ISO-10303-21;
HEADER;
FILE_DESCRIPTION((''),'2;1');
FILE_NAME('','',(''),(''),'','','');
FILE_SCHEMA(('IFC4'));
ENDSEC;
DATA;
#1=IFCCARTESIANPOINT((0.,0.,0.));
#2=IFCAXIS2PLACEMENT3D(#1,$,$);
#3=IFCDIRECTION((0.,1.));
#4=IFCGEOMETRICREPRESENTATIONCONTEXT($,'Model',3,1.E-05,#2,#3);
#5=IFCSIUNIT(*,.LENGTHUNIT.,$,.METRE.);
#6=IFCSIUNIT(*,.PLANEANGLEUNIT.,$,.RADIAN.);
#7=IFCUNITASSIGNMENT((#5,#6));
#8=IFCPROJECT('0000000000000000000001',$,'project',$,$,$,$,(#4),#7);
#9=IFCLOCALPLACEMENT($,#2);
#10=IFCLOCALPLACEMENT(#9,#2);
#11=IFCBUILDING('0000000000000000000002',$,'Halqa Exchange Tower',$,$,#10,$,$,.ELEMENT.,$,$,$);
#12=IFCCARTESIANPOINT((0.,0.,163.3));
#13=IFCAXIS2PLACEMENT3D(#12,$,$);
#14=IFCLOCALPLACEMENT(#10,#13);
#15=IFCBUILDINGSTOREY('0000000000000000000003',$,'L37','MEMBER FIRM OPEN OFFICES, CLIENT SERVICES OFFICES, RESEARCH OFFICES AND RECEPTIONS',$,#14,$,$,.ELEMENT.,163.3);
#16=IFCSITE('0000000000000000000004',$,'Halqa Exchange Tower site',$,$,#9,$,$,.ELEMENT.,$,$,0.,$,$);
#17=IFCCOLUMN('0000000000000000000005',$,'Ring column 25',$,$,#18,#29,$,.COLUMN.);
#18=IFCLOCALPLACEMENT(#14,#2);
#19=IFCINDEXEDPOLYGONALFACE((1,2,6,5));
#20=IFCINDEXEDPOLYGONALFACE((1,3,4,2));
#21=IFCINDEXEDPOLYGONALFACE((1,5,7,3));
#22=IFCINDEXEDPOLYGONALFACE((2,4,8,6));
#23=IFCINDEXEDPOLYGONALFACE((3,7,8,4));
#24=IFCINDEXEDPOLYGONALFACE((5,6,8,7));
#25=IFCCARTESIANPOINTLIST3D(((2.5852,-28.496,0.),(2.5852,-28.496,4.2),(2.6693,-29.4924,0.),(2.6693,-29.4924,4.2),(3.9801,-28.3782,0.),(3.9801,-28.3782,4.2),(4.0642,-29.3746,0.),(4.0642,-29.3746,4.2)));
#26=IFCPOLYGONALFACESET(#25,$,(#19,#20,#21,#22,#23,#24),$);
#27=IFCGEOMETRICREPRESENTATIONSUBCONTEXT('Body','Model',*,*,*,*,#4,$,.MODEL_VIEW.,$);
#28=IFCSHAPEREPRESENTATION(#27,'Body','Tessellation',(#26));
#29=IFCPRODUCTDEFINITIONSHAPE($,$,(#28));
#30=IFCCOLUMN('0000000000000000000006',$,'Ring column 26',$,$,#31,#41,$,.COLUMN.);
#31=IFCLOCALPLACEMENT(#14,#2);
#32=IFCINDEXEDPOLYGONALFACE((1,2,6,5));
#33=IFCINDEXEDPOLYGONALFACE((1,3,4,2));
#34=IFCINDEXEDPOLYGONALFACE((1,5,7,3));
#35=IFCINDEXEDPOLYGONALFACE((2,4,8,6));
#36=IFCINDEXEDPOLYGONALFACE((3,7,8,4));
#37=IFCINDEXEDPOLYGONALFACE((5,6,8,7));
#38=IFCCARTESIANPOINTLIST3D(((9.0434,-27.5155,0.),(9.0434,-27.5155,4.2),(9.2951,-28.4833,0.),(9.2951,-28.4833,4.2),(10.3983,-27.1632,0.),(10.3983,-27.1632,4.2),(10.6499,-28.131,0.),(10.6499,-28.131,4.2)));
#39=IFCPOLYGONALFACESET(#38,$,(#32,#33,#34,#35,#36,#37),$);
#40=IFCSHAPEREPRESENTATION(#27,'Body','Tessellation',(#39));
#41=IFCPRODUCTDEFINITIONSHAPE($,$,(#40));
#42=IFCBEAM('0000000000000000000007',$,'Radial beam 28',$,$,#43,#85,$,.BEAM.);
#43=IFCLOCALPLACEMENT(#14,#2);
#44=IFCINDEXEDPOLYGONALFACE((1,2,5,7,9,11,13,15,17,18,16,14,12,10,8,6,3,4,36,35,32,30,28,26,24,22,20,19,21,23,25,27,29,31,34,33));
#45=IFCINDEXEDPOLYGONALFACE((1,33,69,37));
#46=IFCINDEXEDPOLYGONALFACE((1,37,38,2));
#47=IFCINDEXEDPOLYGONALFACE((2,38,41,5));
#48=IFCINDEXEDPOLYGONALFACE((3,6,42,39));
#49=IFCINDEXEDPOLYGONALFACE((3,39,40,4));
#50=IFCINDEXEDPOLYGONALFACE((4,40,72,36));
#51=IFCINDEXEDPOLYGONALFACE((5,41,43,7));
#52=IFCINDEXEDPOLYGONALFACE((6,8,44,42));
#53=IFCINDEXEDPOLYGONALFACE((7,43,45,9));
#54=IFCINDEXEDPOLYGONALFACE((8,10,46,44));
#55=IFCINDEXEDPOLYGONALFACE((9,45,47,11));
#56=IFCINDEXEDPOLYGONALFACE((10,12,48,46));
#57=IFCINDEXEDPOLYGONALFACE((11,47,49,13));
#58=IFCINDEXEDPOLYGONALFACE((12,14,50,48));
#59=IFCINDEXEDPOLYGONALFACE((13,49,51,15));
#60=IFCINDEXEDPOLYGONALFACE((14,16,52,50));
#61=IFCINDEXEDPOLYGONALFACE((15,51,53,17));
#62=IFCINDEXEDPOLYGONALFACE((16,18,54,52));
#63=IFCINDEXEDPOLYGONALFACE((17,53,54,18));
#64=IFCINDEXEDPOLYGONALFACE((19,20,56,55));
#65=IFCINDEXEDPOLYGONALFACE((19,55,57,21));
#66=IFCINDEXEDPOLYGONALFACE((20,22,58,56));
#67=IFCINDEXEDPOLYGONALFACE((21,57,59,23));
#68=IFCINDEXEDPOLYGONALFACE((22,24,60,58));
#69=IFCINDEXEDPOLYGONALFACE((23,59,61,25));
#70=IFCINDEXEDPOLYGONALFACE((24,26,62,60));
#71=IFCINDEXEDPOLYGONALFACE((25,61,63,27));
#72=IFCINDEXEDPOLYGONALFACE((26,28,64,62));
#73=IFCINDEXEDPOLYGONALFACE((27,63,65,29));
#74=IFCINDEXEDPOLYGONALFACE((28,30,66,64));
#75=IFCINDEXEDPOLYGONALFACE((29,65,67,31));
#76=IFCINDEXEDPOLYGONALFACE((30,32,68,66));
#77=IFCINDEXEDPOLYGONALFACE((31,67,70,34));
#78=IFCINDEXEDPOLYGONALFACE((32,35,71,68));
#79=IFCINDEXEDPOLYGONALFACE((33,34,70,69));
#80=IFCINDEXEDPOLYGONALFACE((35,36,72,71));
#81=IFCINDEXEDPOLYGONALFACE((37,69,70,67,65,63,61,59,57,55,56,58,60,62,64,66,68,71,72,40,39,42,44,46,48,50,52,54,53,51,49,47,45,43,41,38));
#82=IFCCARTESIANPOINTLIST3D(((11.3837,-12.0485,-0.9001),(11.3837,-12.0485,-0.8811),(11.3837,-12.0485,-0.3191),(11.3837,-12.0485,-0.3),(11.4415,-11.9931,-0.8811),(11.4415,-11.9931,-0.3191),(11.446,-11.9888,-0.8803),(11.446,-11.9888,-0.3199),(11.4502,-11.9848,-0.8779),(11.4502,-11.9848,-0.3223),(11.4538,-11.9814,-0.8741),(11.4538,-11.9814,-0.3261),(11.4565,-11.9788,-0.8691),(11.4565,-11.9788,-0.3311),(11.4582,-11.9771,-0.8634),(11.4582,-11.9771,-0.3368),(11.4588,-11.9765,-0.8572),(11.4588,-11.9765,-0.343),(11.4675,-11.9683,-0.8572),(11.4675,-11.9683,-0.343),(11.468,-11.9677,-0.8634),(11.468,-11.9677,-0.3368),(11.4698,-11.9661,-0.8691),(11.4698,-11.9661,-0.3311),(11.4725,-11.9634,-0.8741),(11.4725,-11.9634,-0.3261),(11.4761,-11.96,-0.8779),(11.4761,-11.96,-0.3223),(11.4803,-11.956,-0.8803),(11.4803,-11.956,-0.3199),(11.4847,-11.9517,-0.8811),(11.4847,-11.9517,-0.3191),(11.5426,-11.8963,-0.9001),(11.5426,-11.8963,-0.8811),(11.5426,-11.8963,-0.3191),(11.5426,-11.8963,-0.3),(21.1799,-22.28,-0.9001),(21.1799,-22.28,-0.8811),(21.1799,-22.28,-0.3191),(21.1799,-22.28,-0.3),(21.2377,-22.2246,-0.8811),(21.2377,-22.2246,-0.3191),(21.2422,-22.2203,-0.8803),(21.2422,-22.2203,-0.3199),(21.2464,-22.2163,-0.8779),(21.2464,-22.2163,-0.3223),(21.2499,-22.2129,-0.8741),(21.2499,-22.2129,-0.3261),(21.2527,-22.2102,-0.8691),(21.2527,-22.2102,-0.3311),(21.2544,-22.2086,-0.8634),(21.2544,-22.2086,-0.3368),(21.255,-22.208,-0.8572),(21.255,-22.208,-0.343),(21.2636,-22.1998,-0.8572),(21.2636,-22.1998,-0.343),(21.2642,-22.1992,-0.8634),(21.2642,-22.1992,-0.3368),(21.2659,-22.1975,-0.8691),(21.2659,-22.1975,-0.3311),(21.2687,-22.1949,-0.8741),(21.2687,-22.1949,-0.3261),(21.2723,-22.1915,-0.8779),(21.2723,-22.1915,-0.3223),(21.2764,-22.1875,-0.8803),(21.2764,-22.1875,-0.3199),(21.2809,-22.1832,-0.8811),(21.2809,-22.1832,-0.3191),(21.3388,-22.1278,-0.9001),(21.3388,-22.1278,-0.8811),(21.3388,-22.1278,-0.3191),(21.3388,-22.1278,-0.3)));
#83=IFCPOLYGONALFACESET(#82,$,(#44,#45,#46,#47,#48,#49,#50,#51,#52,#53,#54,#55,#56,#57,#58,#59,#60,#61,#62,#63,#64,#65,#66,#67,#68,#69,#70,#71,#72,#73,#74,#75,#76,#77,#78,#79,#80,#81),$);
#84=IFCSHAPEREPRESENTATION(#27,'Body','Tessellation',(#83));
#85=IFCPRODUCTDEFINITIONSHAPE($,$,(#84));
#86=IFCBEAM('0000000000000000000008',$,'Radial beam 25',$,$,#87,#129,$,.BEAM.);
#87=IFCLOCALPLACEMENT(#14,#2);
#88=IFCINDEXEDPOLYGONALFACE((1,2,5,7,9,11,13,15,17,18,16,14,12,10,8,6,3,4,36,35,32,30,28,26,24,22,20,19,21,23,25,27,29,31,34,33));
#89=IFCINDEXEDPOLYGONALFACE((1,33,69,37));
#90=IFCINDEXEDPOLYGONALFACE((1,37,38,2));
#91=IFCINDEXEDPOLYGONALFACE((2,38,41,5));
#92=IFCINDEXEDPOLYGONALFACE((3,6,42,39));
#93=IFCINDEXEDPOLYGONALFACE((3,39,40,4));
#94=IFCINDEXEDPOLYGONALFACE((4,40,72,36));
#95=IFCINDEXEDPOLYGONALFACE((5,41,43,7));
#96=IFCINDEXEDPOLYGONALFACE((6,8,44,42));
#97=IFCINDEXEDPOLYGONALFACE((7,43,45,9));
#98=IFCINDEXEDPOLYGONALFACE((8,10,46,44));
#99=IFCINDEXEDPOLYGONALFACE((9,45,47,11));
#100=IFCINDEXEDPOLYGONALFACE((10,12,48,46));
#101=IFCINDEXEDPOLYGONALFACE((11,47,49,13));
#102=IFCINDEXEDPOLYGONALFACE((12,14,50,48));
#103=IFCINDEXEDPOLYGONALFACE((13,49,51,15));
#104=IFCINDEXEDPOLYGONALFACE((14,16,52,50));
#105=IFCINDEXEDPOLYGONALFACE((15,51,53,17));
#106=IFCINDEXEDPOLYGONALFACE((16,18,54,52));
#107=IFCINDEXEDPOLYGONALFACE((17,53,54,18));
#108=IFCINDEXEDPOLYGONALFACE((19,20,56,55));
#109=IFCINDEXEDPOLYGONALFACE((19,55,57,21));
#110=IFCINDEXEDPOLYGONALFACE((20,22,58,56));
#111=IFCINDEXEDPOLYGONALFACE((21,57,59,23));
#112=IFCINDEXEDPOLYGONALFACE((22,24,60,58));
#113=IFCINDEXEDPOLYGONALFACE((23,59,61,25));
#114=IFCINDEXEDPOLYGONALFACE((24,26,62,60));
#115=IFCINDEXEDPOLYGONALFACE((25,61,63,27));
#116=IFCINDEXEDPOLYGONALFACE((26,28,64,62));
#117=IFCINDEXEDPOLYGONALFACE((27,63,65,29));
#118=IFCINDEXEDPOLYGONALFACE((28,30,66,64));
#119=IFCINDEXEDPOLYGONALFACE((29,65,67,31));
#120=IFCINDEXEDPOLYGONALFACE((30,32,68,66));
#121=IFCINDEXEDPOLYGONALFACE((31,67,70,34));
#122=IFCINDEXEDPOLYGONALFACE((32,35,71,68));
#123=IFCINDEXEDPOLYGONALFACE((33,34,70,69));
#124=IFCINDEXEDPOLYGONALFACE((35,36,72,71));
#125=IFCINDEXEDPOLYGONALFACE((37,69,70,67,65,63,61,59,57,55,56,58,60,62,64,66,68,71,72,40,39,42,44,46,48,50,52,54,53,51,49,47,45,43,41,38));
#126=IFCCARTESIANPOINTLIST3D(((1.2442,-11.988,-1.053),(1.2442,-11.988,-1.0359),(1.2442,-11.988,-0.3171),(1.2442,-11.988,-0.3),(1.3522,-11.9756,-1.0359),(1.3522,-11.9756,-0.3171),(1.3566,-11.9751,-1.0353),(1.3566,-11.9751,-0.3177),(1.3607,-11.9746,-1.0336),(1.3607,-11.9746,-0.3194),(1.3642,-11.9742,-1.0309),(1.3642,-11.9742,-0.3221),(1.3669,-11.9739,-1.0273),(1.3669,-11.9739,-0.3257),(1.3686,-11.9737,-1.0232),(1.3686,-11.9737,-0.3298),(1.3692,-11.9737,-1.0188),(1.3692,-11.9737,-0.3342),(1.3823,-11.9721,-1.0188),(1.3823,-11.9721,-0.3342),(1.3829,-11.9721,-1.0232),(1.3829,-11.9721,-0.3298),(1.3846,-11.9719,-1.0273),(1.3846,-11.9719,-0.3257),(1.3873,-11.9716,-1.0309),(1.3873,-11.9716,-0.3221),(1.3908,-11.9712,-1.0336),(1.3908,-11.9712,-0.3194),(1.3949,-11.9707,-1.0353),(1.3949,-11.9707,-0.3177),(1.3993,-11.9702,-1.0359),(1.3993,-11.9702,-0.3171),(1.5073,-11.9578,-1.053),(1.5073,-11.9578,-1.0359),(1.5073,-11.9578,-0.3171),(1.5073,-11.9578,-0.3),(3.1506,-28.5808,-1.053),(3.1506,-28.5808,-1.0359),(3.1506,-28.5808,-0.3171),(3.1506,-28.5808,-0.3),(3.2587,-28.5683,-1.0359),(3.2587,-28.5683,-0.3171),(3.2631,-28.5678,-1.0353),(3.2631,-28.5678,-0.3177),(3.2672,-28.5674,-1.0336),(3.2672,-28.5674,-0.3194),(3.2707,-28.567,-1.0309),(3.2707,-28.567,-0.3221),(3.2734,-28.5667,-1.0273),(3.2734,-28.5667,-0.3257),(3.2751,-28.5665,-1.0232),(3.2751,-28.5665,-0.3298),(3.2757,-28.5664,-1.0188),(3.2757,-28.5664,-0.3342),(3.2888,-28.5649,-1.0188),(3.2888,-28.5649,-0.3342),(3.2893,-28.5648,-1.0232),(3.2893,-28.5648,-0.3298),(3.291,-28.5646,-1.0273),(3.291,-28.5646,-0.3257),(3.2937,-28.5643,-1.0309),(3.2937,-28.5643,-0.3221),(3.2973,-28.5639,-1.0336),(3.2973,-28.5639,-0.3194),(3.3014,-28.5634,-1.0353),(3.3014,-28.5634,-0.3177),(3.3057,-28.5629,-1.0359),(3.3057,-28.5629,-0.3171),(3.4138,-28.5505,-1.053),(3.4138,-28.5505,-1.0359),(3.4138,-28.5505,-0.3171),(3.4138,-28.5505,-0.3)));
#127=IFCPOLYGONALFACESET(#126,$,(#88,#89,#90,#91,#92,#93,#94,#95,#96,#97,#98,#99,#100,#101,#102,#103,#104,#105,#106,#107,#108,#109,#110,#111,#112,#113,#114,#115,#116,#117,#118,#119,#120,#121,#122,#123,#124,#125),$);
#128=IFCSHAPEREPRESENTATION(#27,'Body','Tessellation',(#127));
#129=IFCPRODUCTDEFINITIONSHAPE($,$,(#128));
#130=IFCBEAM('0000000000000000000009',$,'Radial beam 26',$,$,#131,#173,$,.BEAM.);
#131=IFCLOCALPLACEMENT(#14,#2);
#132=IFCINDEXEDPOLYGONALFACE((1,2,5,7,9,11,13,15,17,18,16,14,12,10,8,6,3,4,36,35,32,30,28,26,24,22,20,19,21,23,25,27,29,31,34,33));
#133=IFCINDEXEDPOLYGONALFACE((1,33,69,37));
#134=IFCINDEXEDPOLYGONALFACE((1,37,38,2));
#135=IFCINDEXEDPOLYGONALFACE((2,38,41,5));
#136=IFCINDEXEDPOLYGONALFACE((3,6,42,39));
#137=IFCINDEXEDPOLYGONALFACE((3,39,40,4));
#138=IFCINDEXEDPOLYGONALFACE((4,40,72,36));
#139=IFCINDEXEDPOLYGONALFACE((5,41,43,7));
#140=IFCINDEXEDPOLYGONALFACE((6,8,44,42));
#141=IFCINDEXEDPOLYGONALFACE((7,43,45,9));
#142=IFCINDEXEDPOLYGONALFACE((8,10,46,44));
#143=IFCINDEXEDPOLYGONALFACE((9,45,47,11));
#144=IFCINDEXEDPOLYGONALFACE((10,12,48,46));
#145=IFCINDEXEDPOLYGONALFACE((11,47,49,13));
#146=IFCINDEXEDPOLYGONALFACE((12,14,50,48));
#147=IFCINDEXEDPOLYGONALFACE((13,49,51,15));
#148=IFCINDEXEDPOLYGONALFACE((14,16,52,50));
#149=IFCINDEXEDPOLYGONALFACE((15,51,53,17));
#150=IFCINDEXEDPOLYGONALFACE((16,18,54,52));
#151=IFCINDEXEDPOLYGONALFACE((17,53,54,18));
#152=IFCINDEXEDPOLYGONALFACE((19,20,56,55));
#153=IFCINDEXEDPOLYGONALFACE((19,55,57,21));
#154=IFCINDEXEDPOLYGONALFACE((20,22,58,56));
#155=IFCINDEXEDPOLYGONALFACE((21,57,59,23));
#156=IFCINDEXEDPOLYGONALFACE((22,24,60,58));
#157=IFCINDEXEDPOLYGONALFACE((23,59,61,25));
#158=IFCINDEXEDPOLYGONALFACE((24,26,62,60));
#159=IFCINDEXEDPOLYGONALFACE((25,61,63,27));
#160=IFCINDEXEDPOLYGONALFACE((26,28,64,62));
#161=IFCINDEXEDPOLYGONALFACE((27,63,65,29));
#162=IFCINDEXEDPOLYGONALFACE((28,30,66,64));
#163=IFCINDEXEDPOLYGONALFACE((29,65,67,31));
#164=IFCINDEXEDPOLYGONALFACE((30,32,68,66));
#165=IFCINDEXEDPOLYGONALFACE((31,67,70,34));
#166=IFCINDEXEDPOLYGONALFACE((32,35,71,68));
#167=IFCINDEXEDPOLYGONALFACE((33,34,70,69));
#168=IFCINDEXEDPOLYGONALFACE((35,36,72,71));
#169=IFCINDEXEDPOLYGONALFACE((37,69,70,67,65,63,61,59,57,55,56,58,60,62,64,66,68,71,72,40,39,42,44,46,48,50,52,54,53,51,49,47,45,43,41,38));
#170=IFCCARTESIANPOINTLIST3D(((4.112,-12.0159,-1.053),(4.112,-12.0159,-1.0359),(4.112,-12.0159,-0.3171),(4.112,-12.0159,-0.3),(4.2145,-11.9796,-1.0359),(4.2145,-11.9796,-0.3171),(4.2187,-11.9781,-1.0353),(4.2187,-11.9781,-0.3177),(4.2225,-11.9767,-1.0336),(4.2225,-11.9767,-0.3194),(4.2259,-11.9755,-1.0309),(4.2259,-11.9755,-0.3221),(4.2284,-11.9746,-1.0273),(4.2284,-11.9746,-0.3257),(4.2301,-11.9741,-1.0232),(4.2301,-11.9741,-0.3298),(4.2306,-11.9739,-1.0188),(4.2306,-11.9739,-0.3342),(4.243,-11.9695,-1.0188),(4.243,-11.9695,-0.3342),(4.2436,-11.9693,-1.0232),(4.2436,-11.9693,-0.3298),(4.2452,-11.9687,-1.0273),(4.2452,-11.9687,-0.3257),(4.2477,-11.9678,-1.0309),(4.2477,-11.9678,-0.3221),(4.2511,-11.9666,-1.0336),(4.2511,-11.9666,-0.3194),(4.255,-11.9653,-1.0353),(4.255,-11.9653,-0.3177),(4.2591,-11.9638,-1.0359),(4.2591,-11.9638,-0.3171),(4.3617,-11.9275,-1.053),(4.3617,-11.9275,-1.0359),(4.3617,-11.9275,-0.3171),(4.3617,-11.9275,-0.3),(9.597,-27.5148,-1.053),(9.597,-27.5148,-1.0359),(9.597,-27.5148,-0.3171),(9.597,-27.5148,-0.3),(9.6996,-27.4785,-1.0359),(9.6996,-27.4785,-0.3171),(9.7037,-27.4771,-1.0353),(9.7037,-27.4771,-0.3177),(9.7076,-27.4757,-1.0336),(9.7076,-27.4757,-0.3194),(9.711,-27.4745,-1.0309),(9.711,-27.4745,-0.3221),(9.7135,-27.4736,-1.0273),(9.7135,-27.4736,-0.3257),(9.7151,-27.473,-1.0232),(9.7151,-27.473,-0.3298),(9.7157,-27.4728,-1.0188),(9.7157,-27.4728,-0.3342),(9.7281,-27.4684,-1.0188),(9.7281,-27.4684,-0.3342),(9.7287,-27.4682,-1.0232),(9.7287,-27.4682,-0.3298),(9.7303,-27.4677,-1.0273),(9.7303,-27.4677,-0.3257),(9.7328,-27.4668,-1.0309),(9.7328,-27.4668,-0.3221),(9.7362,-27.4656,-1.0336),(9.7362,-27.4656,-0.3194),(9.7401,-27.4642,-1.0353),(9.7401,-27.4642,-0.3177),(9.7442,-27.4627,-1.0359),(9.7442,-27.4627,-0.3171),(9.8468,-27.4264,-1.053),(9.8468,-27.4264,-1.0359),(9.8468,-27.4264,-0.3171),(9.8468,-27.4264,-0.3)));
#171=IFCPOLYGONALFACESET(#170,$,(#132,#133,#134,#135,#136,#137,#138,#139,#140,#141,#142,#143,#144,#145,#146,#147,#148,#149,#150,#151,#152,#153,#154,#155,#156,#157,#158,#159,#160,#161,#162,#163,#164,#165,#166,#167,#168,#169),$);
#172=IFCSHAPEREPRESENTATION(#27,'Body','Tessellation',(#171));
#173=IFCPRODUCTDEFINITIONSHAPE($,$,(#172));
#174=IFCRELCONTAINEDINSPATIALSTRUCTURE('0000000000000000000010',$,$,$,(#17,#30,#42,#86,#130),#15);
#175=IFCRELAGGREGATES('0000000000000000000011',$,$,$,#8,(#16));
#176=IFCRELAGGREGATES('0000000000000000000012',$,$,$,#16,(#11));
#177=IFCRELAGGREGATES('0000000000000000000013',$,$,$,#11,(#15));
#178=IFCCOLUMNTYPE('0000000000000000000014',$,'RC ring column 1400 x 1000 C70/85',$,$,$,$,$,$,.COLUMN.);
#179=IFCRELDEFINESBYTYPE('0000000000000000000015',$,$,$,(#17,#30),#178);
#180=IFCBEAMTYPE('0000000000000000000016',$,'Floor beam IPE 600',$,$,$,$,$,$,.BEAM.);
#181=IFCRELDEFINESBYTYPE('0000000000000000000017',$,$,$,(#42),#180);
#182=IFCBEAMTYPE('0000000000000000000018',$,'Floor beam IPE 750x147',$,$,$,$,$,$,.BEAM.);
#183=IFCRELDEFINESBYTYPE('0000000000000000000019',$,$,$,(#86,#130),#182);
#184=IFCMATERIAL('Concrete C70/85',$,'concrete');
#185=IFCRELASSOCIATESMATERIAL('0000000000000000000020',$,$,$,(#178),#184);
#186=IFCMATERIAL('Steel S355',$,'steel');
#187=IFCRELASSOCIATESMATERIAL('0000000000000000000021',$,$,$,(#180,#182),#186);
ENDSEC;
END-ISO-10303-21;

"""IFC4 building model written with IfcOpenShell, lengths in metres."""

from ifc_helpers import new_model, si_unit, direction, frame, origin, origin_2d, place, context, subcontext, project, spatial, rectangle, i_section, extrude, material, material_profile, profile_set, type_object, element, save


model = new_model("IFC4")

# Units and contexts
model_context = context("Model", 3, precision=1e-05, world=origin(), true_north=direction((0.0, 1.0)))
body_context = subcontext(model_context, "Body", "Model", "MODEL_VIEW")
ifc_project = project(units=[si_unit("LENGTHUNIT", "METRE"), si_unit("PLANEANGLEUNIT", "RADIAN")], contexts=[model_context])

# Site, building, storey
site_placement = place(None, origin())
site = spatial("IfcSite", under=ifc_project, at=site_placement, Name="Halqa Exchange Tower site", CompositionType="ELEMENT", RefElevation=0.0)
building_placement = place(site_placement, origin())
building = spatial("IfcBuilding", under=site, at=building_placement, Name="Halqa Exchange Tower", CompositionType="ELEMENT")
storey_placement = place(building_placement, frame((0.0, 0.0, 163.3)))
storey = spatial("IfcBuildingStorey", under=building, at=storey_placement, Name="L37", Description="MEMBER FIRM OPEN OFFICES, CLIENT SERVICES OFFICES, RESEARCH OFFICES AND RECEPTIONS", CompositionType="ELEMENT", Elevation=163.3)

# Columns
ifc_material_1 = material(Name="Concrete C70/85", Category="concrete")
ifc_material_profile_1 = material_profile(ifc_material_1, rectangle(XDim=1.3999, YDim=1.0, at=origin_2d()), Name="1400 x 1000")
ifc_profile_set_1 = profile_set([ifc_material_profile_1], Name="Concrete C70/85")
column_type = type_object("IfcColumnType", Name="RC ring column 1400 x 1000 C70/85", PredefinedType="COLUMN", material=ifc_profile_set_1)
for number, where, z_axis, x_axis, name in (
    (1, (3.3247, -28.9353, 0.0), (0.0, 0.0, 1.0), (0.996455, 0.084125, 0.0), "Ring column 25"),
    (2, (9.8467, -27.8232, 0.0), (0.0, 0.0, 1.0), (0.96782, 0.251645, 0.0), "Ring column 26"),
):
    element("IfcColumn", number, at=place(storey_placement, frame(where, z_axis=z_axis, x_axis=x_axis)), inside=storey, type_object=column_type, Name=name, PredefinedType="COLUMN", context=body_context, shape_type="SweptSolid", body=[
        extrude(rectangle(XDim=1.3999, YDim=1.0, at=origin_2d()), origin(), (0.0, 0.0, 1.0), 4.2),
    ])

# Beams
ifc_material_2 = material(Name="Steel S355", Category="steel")
ifc_material_profile_2 = material_profile(ifc_material_2, i_section(OverallWidth=0.22, OverallDepth=0.6001, WebThickness=0.012, FlangeThickness=0.019, FilletRadius=0.0239, at=origin_2d()), Name="IPE 600")
ifc_profile_set_2 = profile_set([ifc_material_profile_2], Name="Steel S355")
beam_type_1 = type_object("IfcBeamType", Name="Floor beam IPE 600", PredefinedType="BEAM", material=ifc_profile_set_2)
beam_1_placement = place(storey_placement, frame((11.4631, -11.9724, -0.6001), z_axis=(0.691574, -0.722305, 0.0), x_axis=(0.722305, 0.691574, 0.0)))
element("IfcBeam", 3, at=beam_1_placement, inside=storey, type_object=beam_type_1, Name="Radial beam 28", PredefinedType="BEAM", context=body_context, shape_type="SweptSolid", body=[
    extrude(i_section(OverallWidth=0.22, OverallDepth=0.6001, WebThickness=0.012, FlangeThickness=0.019, FilletRadius=0.0239, at=origin_2d()), origin(), (0.0, 0.0, 1.0), 14.165),
])
ifc_material_profile_3 = material_profile(ifc_material_2, i_section(OverallWidth=0.2649, OverallDepth=0.7529, WebThickness=0.0132, FlangeThickness=0.0171, FilletRadius=0.0171, at=origin_2d()), Name="IPE 750x147")
ifc_profile_set_3 = profile_set([ifc_material_profile_3], Name="Steel S355")
beam_type_2 = type_object("IfcBeamType", Name="Floor beam IPE 750x147", PredefinedType="BEAM", material=ifc_profile_set_3)
beam_2_placement = place(storey_placement, frame((1.3757, -11.9729, -0.6765), z_axis=(0.114148, -0.993464, 0.0), x_axis=(0.993464, 0.114148, 0.0)))
element("IfcBeam", 4, at=beam_2_placement, inside=storey, type_object=beam_type_2, Name="Radial beam 25", PredefinedType="BEAM", context=body_context, shape_type="SweptSolid", body=[
    extrude(i_section(OverallWidth=0.2649, OverallDepth=0.7529, WebThickness=0.0132, FlangeThickness=0.0171, FilletRadius=0.0171, at=origin_2d()), origin(), (0.0, 0.0, 1.0), 16.7019),
])
beam_3_placement = place(storey_placement, frame((4.2368, -11.9717, -0.6765), z_axis=(0.333624, -0.942706, 0.0), x_axis=(0.942706, 0.333624, 0.0)))
element("IfcBeam", 5, at=beam_3_placement, inside=storey, type_object=beam_type_2, Name="Radial beam 26", PredefinedType="BEAM", context=body_context, shape_type="SweptSolid", body=[
    extrude(i_section(OverallWidth=0.2649, OverallDepth=0.7529, WebThickness=0.0132, FlangeThickness=0.0171, FilletRadius=0.0171, at=origin_2d()), origin(), (0.0, 0.0, 1.0), 16.4409),
])

save(model, "model.ifc")
